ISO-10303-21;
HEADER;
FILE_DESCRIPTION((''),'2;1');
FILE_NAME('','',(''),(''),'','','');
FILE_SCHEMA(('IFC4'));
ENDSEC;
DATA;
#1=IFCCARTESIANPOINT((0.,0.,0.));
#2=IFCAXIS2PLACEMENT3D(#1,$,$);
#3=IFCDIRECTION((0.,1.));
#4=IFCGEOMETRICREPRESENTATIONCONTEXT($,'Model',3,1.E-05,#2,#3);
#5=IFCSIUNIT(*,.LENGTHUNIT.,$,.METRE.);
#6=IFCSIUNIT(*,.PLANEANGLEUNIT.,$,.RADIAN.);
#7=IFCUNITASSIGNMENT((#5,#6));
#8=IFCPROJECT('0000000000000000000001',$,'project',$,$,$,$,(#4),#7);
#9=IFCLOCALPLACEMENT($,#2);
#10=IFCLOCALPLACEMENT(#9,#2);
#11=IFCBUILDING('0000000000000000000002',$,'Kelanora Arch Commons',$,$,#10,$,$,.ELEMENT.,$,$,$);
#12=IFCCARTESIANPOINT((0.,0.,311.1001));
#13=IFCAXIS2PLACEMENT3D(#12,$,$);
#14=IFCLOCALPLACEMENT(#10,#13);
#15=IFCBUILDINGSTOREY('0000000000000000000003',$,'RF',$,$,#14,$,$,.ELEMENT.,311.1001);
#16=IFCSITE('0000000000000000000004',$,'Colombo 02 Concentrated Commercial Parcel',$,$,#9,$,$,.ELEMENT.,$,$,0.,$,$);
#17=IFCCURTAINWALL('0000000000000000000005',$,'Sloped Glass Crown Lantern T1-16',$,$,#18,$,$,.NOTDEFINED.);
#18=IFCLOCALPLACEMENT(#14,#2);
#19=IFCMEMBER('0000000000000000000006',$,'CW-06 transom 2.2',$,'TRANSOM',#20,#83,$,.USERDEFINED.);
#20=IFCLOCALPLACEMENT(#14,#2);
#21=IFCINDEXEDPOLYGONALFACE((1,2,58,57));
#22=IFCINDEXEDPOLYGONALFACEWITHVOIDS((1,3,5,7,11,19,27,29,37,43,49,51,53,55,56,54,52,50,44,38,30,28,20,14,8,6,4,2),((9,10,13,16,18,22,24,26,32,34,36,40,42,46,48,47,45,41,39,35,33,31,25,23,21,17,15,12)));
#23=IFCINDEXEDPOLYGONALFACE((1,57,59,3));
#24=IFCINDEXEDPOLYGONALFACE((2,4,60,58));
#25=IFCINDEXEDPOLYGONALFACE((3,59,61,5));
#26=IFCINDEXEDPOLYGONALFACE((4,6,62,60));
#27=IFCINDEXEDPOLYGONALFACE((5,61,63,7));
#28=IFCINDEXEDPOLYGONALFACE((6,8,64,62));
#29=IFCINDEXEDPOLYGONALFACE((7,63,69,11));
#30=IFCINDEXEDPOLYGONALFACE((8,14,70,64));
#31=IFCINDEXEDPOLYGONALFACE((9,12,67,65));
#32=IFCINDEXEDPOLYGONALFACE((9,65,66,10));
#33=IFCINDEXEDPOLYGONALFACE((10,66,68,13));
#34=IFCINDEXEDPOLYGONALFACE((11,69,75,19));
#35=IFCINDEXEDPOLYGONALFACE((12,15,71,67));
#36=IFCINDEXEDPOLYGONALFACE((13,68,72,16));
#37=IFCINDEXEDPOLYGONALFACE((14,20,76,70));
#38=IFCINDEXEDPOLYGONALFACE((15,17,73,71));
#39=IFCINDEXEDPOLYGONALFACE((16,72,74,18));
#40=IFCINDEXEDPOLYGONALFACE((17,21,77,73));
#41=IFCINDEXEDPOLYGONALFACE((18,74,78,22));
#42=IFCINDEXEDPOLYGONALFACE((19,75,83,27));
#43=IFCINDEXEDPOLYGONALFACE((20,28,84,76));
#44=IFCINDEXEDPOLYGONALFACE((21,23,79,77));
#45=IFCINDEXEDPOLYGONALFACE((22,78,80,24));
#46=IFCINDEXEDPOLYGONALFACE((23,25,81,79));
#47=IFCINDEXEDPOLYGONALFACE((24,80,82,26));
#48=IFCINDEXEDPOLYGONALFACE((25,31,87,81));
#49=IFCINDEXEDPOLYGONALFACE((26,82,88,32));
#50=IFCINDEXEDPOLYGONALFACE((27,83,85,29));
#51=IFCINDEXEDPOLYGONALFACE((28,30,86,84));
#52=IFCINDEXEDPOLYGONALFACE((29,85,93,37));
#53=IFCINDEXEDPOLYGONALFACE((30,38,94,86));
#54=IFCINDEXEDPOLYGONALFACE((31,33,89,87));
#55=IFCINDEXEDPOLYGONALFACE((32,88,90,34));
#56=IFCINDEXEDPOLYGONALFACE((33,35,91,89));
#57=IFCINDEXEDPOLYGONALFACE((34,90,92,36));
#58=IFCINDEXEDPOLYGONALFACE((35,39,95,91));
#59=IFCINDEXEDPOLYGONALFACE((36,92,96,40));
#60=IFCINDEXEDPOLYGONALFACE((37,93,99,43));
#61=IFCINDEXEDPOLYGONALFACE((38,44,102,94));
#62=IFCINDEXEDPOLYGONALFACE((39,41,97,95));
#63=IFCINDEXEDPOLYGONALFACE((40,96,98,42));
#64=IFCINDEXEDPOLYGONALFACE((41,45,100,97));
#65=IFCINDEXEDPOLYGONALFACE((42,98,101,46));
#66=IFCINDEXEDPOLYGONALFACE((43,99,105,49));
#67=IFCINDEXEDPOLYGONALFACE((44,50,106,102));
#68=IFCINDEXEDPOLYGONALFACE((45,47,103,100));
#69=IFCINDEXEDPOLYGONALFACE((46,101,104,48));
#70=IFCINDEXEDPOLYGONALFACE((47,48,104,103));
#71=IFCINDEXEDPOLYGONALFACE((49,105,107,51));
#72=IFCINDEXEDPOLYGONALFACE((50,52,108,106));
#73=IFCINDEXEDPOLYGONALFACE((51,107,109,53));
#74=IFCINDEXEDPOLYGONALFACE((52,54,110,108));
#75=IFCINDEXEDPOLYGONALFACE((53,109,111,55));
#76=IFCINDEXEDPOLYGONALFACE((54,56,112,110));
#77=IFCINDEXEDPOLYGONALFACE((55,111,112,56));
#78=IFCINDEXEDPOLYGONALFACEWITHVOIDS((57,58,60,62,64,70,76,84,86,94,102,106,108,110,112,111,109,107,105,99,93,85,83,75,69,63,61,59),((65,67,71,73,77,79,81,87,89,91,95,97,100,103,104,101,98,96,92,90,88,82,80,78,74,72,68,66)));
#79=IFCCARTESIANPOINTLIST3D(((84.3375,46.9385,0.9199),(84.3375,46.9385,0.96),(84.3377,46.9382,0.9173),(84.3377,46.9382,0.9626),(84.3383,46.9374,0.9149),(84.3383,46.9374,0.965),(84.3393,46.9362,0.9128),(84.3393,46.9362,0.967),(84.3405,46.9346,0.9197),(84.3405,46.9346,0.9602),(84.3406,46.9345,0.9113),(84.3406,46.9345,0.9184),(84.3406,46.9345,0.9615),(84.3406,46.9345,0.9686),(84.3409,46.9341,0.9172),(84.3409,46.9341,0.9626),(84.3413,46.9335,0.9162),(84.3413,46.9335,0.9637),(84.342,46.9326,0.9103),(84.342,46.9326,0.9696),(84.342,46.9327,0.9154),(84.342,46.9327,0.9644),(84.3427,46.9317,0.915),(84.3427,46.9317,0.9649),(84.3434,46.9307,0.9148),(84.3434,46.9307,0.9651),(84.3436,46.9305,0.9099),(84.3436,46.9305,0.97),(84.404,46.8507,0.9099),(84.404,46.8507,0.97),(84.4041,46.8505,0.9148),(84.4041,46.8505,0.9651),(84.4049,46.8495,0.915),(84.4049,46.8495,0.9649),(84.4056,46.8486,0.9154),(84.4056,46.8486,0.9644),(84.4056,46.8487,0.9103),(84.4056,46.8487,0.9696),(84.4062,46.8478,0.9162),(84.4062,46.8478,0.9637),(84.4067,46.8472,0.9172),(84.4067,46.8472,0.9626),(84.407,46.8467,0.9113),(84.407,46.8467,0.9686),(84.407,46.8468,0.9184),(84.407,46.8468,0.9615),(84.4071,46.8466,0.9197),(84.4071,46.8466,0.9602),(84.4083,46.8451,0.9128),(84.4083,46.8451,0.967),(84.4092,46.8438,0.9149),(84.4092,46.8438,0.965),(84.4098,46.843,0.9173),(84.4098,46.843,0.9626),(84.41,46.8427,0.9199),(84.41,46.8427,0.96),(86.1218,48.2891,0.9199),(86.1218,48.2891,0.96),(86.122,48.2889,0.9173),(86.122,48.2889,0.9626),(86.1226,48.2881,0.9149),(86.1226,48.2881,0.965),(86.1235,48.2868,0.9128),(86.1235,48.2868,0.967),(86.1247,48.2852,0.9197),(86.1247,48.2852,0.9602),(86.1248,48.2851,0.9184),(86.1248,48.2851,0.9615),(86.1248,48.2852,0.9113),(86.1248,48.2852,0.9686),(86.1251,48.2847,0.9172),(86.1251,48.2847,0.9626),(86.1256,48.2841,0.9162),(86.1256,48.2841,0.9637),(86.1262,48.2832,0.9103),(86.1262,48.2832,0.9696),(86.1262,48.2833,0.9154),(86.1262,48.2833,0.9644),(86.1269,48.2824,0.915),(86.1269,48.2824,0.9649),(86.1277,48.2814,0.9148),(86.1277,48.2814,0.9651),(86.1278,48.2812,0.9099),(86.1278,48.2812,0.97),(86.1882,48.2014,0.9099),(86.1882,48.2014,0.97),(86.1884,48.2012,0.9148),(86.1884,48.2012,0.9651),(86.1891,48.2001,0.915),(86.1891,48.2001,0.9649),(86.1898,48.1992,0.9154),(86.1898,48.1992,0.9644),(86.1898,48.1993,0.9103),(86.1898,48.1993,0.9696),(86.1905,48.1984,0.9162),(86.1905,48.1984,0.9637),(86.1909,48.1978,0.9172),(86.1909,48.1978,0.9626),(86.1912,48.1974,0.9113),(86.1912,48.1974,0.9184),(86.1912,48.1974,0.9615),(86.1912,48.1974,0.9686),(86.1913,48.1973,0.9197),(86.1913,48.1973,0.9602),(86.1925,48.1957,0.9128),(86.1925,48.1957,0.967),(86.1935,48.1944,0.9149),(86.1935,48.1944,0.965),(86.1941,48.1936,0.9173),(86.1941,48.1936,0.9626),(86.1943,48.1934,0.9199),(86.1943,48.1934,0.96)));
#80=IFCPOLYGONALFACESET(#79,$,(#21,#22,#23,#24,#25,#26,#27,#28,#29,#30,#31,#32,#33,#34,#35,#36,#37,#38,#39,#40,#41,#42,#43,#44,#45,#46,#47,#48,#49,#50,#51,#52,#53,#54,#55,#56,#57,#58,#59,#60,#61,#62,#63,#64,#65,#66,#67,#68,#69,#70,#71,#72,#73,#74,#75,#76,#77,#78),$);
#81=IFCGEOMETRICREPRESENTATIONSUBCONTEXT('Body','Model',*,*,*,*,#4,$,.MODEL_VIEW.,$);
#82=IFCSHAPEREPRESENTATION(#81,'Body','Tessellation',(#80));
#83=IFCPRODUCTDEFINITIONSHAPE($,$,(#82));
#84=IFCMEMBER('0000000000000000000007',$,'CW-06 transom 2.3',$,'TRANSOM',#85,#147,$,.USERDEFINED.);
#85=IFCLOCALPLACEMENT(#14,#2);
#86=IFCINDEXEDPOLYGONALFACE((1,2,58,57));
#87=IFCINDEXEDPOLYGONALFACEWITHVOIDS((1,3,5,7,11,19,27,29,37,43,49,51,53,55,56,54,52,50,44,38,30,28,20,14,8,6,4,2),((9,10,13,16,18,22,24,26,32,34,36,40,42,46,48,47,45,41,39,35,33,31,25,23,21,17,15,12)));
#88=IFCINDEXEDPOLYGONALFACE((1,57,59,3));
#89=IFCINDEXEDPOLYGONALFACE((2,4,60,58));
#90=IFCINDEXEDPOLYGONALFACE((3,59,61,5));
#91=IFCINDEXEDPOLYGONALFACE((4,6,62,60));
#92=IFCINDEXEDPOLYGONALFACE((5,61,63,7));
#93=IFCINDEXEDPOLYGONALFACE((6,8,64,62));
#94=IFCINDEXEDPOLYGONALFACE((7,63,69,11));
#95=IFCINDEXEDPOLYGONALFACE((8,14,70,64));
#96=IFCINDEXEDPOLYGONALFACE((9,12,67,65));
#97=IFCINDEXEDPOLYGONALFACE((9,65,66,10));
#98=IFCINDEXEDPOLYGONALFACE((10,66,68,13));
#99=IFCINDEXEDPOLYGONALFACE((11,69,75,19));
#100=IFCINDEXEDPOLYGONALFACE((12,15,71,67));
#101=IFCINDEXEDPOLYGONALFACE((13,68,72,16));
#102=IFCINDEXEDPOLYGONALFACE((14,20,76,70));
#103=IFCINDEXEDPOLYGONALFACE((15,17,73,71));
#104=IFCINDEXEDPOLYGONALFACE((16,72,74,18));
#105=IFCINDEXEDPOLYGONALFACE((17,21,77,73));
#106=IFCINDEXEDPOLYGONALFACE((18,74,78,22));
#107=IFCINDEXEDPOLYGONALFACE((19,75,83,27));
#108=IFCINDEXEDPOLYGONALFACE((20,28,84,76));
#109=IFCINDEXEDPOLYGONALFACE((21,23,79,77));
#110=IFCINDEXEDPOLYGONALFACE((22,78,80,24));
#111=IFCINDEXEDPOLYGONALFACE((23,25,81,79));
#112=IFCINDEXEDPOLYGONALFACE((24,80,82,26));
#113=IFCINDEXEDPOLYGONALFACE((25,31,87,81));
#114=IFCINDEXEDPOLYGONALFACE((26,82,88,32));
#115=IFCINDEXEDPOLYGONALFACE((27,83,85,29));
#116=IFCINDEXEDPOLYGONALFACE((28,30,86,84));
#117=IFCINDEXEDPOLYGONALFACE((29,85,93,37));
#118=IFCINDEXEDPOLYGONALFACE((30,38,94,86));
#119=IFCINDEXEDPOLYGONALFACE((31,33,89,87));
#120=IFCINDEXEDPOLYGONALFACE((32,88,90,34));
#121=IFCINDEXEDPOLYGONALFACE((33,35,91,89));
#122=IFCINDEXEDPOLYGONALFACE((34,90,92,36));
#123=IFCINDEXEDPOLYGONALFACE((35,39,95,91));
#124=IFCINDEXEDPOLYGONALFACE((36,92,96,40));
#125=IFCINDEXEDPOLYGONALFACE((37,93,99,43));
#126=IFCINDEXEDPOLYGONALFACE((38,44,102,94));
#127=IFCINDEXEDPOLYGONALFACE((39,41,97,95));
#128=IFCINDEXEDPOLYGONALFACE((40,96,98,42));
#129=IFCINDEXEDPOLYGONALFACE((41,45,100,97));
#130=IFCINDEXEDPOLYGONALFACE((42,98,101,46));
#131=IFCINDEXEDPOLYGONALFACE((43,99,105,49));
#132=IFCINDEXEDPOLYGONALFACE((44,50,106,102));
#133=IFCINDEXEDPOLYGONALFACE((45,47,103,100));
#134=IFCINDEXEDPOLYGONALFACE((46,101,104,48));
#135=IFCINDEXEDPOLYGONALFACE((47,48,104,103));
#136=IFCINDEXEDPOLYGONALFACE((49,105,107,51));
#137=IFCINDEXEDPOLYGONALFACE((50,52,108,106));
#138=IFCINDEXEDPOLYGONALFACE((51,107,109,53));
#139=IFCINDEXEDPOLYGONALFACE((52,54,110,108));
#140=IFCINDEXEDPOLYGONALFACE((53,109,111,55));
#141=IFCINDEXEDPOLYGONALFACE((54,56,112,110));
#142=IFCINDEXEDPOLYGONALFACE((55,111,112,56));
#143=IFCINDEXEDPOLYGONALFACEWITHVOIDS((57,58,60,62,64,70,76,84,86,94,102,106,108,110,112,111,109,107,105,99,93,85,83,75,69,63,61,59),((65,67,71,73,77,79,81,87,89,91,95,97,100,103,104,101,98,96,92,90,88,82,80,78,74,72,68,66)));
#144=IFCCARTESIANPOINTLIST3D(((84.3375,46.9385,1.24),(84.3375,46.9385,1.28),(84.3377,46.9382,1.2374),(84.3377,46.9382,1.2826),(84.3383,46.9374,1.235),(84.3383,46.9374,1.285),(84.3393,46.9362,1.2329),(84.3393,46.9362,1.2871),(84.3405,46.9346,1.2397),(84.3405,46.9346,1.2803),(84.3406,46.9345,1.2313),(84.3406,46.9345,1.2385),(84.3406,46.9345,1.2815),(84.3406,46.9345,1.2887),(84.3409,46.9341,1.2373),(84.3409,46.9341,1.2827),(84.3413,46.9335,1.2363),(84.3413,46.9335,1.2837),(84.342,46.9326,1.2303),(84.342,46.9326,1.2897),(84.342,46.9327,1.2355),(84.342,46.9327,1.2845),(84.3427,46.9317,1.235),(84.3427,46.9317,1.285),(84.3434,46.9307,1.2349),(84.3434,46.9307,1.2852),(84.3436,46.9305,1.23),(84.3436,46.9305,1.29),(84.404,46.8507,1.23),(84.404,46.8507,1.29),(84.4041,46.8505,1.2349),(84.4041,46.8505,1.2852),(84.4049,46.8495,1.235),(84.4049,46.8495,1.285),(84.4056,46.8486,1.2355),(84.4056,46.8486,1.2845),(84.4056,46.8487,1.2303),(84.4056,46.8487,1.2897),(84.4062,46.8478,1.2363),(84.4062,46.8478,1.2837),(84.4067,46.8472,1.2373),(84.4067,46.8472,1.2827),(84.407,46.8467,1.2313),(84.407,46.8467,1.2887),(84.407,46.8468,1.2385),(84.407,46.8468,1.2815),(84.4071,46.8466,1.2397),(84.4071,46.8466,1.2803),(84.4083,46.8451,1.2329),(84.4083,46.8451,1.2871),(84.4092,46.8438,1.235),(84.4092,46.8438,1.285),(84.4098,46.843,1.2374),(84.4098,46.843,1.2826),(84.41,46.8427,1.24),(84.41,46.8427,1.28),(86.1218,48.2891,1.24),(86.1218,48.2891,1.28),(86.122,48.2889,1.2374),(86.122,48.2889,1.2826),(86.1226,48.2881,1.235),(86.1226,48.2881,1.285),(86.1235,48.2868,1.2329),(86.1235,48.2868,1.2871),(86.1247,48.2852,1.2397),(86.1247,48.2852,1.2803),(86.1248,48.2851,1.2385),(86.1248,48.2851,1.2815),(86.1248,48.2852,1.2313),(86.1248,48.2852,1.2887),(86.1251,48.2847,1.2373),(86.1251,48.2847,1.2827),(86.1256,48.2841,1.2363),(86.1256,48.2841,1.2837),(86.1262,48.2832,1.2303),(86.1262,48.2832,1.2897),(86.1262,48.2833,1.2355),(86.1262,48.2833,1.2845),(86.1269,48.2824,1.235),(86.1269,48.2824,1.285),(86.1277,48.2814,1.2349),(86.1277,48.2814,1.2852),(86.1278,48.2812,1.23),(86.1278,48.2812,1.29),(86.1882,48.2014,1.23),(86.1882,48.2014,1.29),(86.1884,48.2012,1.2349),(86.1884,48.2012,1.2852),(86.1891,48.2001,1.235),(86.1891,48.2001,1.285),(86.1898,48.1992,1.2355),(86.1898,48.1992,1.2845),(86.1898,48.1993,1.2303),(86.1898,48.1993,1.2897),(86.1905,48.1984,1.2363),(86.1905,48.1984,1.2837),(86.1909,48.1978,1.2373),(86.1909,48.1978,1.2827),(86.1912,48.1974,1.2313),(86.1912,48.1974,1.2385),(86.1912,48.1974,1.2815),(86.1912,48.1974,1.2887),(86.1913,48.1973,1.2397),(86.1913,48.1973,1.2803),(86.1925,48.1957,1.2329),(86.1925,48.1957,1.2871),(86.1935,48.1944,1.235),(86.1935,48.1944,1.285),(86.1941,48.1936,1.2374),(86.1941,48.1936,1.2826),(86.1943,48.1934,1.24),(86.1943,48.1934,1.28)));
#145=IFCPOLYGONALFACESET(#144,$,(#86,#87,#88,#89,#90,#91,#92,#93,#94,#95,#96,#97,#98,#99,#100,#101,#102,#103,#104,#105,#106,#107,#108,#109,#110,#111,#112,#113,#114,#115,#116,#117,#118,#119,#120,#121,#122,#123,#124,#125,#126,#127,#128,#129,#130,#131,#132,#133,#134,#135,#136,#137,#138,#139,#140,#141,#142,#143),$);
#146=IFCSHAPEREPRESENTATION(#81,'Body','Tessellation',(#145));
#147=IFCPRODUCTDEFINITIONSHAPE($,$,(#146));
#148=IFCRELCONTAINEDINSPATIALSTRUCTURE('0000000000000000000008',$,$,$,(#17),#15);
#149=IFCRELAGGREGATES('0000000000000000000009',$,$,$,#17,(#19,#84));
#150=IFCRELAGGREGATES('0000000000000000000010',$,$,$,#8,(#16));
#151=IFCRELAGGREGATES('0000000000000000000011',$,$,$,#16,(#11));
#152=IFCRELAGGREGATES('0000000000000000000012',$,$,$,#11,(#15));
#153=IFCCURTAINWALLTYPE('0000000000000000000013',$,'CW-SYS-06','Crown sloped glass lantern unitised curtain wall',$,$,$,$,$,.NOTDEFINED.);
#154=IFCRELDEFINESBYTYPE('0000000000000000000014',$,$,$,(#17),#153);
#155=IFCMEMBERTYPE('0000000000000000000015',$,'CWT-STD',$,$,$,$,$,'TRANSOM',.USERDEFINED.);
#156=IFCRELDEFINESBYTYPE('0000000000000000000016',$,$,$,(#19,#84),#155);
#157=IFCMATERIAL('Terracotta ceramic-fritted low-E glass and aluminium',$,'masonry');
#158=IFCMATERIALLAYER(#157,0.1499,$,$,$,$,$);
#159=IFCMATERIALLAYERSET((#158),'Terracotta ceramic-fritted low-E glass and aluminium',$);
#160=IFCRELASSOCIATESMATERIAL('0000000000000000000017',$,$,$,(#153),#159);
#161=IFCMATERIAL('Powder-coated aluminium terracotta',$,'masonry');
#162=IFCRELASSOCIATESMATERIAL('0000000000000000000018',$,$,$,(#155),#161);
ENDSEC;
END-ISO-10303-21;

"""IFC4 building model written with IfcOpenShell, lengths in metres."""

from ifc_helpers import new_model, si_unit, direction, frame, origin, origin_2d, place, context, subcontext, project, spatial, hollow_rectangle, extrude, material, layer, layer_set, material_profile, profile_set, type_object, element, aggregate, save


model = new_model("IFC4")

# Units and contexts
model_context = context("Model", 3, precision=1e-05, world=origin(), true_north=direction((0.0, 1.0)))
body_context = subcontext(model_context, "Body", "Model", "MODEL_VIEW")
ifc_project = project(units=[si_unit("LENGTHUNIT", "METRE"), si_unit("PLANEANGLEUNIT", "RADIAN")], contexts=[model_context])

# Site, building, storey
site_placement = place(None, origin())
site = spatial("IfcSite", under=ifc_project, at=site_placement, Name="Colombo 02 Concentrated Commercial Parcel", CompositionType="ELEMENT", RefElevation=0.0)
building_placement = place(site_placement, origin())
building = spatial("IfcBuilding", under=site, at=building_placement, Name="Kelanora Arch Commons", CompositionType="ELEMENT")
storey_placement = place(building_placement, frame((0.0, 0.0, 311.1001)))
storey = spatial("IfcBuildingStorey", under=building, at=storey_placement, Name="RF", CompositionType="ELEMENT", Elevation=311.1001)

# Shared definitions
ifc_material_1 = material(Name="Terracotta ceramic-fritted low-E glass and aluminium", Category="masonry")
ifc_layer_1 = layer(ifc_material_1, 0.1499)
ifc_layer_set_1 = layer_set([ifc_layer_1], Name="Terracotta ceramic-fritted low-E glass and aluminium")
curtain_wall_type = type_object("IfcCurtainWallType", Name="CW-SYS-06", Description="Crown sloped glass lantern unitised curtain wall", PredefinedType="NOTDEFINED", material=ifc_layer_set_1)
ifc_material_2 = material(Name="Powder-coated aluminium terracotta", Category="masonry")

# Shared definitions
ifc_material_profile_1 = material_profile(ifc_material_2, hollow_rectangle(XDim=0.1201, YDim=0.0601, WallThickness=0.0049, InnerFilletRadius=0.0049, OuterFilletRadius=0.01, at=origin_2d()), Name="CWT120x60")
ifc_profile_set_1 = profile_set([ifc_material_profile_1], Name="Powder-coated aluminium terracotta")
member_type_1 = type_object("IfcMemberType", Name="CWT-STD", ElementType="TRANSOM", PredefinedType="USERDEFINED", material=ifc_profile_set_1)

# Curtain wall, members
curtain_wall_1_placement = place(storey_placement, origin())
curtain_wall_1 = element("IfcCurtainWall", 1, at=curtain_wall_1_placement, inside=storey, type_object=curtain_wall_type, Name="Sloped Glass Crown Lantern T1-16", PredefinedType="NOTDEFINED")
member_1_placement = place(storey_placement, frame((84.3738, 46.8906, 0.9399), z_axis=(0.797321, 0.603555, 0.0), x_axis=(-0.603555, 0.797321, 0.0)))
member_1 = element("IfcMember", 2, at=member_1_placement, type_object=member_type_1, Name="CW-06 transom 2.2", ObjectType="TRANSOM", PredefinedType="USERDEFINED", context=body_context, shape_type="SweptSolid", body=[
    extrude(hollow_rectangle(XDim=0.1201, YDim=0.0601, WallThickness=0.0049, InnerFilletRadius=0.0049, OuterFilletRadius=0.01, at=origin_2d()), origin(), (0.0, 0.0, 1.0), 2.2378),
])
member_2_placement = place(storey_placement, frame((84.3738, 46.8906, 1.26), z_axis=(0.797321, 0.603555, 0.0), x_axis=(-0.603555, 0.797321, 0.0)))
member_2 = element("IfcMember", 3, at=member_2_placement, type_object=member_type_1, Name="CW-06 transom 2.3", ObjectType="TRANSOM", PredefinedType="USERDEFINED", context=body_context, shape_type="SweptSolid", body=[
    extrude(hollow_rectangle(XDim=0.1201, YDim=0.0601, WallThickness=0.0049, InnerFilletRadius=0.0049, OuterFilletRadius=0.01, at=origin_2d()), origin(), (0.0, 0.0, 1.0), 2.2378),
])

aggregate(curtain_wall_1, [member_1, member_2])

save(model, "model.ifc")
